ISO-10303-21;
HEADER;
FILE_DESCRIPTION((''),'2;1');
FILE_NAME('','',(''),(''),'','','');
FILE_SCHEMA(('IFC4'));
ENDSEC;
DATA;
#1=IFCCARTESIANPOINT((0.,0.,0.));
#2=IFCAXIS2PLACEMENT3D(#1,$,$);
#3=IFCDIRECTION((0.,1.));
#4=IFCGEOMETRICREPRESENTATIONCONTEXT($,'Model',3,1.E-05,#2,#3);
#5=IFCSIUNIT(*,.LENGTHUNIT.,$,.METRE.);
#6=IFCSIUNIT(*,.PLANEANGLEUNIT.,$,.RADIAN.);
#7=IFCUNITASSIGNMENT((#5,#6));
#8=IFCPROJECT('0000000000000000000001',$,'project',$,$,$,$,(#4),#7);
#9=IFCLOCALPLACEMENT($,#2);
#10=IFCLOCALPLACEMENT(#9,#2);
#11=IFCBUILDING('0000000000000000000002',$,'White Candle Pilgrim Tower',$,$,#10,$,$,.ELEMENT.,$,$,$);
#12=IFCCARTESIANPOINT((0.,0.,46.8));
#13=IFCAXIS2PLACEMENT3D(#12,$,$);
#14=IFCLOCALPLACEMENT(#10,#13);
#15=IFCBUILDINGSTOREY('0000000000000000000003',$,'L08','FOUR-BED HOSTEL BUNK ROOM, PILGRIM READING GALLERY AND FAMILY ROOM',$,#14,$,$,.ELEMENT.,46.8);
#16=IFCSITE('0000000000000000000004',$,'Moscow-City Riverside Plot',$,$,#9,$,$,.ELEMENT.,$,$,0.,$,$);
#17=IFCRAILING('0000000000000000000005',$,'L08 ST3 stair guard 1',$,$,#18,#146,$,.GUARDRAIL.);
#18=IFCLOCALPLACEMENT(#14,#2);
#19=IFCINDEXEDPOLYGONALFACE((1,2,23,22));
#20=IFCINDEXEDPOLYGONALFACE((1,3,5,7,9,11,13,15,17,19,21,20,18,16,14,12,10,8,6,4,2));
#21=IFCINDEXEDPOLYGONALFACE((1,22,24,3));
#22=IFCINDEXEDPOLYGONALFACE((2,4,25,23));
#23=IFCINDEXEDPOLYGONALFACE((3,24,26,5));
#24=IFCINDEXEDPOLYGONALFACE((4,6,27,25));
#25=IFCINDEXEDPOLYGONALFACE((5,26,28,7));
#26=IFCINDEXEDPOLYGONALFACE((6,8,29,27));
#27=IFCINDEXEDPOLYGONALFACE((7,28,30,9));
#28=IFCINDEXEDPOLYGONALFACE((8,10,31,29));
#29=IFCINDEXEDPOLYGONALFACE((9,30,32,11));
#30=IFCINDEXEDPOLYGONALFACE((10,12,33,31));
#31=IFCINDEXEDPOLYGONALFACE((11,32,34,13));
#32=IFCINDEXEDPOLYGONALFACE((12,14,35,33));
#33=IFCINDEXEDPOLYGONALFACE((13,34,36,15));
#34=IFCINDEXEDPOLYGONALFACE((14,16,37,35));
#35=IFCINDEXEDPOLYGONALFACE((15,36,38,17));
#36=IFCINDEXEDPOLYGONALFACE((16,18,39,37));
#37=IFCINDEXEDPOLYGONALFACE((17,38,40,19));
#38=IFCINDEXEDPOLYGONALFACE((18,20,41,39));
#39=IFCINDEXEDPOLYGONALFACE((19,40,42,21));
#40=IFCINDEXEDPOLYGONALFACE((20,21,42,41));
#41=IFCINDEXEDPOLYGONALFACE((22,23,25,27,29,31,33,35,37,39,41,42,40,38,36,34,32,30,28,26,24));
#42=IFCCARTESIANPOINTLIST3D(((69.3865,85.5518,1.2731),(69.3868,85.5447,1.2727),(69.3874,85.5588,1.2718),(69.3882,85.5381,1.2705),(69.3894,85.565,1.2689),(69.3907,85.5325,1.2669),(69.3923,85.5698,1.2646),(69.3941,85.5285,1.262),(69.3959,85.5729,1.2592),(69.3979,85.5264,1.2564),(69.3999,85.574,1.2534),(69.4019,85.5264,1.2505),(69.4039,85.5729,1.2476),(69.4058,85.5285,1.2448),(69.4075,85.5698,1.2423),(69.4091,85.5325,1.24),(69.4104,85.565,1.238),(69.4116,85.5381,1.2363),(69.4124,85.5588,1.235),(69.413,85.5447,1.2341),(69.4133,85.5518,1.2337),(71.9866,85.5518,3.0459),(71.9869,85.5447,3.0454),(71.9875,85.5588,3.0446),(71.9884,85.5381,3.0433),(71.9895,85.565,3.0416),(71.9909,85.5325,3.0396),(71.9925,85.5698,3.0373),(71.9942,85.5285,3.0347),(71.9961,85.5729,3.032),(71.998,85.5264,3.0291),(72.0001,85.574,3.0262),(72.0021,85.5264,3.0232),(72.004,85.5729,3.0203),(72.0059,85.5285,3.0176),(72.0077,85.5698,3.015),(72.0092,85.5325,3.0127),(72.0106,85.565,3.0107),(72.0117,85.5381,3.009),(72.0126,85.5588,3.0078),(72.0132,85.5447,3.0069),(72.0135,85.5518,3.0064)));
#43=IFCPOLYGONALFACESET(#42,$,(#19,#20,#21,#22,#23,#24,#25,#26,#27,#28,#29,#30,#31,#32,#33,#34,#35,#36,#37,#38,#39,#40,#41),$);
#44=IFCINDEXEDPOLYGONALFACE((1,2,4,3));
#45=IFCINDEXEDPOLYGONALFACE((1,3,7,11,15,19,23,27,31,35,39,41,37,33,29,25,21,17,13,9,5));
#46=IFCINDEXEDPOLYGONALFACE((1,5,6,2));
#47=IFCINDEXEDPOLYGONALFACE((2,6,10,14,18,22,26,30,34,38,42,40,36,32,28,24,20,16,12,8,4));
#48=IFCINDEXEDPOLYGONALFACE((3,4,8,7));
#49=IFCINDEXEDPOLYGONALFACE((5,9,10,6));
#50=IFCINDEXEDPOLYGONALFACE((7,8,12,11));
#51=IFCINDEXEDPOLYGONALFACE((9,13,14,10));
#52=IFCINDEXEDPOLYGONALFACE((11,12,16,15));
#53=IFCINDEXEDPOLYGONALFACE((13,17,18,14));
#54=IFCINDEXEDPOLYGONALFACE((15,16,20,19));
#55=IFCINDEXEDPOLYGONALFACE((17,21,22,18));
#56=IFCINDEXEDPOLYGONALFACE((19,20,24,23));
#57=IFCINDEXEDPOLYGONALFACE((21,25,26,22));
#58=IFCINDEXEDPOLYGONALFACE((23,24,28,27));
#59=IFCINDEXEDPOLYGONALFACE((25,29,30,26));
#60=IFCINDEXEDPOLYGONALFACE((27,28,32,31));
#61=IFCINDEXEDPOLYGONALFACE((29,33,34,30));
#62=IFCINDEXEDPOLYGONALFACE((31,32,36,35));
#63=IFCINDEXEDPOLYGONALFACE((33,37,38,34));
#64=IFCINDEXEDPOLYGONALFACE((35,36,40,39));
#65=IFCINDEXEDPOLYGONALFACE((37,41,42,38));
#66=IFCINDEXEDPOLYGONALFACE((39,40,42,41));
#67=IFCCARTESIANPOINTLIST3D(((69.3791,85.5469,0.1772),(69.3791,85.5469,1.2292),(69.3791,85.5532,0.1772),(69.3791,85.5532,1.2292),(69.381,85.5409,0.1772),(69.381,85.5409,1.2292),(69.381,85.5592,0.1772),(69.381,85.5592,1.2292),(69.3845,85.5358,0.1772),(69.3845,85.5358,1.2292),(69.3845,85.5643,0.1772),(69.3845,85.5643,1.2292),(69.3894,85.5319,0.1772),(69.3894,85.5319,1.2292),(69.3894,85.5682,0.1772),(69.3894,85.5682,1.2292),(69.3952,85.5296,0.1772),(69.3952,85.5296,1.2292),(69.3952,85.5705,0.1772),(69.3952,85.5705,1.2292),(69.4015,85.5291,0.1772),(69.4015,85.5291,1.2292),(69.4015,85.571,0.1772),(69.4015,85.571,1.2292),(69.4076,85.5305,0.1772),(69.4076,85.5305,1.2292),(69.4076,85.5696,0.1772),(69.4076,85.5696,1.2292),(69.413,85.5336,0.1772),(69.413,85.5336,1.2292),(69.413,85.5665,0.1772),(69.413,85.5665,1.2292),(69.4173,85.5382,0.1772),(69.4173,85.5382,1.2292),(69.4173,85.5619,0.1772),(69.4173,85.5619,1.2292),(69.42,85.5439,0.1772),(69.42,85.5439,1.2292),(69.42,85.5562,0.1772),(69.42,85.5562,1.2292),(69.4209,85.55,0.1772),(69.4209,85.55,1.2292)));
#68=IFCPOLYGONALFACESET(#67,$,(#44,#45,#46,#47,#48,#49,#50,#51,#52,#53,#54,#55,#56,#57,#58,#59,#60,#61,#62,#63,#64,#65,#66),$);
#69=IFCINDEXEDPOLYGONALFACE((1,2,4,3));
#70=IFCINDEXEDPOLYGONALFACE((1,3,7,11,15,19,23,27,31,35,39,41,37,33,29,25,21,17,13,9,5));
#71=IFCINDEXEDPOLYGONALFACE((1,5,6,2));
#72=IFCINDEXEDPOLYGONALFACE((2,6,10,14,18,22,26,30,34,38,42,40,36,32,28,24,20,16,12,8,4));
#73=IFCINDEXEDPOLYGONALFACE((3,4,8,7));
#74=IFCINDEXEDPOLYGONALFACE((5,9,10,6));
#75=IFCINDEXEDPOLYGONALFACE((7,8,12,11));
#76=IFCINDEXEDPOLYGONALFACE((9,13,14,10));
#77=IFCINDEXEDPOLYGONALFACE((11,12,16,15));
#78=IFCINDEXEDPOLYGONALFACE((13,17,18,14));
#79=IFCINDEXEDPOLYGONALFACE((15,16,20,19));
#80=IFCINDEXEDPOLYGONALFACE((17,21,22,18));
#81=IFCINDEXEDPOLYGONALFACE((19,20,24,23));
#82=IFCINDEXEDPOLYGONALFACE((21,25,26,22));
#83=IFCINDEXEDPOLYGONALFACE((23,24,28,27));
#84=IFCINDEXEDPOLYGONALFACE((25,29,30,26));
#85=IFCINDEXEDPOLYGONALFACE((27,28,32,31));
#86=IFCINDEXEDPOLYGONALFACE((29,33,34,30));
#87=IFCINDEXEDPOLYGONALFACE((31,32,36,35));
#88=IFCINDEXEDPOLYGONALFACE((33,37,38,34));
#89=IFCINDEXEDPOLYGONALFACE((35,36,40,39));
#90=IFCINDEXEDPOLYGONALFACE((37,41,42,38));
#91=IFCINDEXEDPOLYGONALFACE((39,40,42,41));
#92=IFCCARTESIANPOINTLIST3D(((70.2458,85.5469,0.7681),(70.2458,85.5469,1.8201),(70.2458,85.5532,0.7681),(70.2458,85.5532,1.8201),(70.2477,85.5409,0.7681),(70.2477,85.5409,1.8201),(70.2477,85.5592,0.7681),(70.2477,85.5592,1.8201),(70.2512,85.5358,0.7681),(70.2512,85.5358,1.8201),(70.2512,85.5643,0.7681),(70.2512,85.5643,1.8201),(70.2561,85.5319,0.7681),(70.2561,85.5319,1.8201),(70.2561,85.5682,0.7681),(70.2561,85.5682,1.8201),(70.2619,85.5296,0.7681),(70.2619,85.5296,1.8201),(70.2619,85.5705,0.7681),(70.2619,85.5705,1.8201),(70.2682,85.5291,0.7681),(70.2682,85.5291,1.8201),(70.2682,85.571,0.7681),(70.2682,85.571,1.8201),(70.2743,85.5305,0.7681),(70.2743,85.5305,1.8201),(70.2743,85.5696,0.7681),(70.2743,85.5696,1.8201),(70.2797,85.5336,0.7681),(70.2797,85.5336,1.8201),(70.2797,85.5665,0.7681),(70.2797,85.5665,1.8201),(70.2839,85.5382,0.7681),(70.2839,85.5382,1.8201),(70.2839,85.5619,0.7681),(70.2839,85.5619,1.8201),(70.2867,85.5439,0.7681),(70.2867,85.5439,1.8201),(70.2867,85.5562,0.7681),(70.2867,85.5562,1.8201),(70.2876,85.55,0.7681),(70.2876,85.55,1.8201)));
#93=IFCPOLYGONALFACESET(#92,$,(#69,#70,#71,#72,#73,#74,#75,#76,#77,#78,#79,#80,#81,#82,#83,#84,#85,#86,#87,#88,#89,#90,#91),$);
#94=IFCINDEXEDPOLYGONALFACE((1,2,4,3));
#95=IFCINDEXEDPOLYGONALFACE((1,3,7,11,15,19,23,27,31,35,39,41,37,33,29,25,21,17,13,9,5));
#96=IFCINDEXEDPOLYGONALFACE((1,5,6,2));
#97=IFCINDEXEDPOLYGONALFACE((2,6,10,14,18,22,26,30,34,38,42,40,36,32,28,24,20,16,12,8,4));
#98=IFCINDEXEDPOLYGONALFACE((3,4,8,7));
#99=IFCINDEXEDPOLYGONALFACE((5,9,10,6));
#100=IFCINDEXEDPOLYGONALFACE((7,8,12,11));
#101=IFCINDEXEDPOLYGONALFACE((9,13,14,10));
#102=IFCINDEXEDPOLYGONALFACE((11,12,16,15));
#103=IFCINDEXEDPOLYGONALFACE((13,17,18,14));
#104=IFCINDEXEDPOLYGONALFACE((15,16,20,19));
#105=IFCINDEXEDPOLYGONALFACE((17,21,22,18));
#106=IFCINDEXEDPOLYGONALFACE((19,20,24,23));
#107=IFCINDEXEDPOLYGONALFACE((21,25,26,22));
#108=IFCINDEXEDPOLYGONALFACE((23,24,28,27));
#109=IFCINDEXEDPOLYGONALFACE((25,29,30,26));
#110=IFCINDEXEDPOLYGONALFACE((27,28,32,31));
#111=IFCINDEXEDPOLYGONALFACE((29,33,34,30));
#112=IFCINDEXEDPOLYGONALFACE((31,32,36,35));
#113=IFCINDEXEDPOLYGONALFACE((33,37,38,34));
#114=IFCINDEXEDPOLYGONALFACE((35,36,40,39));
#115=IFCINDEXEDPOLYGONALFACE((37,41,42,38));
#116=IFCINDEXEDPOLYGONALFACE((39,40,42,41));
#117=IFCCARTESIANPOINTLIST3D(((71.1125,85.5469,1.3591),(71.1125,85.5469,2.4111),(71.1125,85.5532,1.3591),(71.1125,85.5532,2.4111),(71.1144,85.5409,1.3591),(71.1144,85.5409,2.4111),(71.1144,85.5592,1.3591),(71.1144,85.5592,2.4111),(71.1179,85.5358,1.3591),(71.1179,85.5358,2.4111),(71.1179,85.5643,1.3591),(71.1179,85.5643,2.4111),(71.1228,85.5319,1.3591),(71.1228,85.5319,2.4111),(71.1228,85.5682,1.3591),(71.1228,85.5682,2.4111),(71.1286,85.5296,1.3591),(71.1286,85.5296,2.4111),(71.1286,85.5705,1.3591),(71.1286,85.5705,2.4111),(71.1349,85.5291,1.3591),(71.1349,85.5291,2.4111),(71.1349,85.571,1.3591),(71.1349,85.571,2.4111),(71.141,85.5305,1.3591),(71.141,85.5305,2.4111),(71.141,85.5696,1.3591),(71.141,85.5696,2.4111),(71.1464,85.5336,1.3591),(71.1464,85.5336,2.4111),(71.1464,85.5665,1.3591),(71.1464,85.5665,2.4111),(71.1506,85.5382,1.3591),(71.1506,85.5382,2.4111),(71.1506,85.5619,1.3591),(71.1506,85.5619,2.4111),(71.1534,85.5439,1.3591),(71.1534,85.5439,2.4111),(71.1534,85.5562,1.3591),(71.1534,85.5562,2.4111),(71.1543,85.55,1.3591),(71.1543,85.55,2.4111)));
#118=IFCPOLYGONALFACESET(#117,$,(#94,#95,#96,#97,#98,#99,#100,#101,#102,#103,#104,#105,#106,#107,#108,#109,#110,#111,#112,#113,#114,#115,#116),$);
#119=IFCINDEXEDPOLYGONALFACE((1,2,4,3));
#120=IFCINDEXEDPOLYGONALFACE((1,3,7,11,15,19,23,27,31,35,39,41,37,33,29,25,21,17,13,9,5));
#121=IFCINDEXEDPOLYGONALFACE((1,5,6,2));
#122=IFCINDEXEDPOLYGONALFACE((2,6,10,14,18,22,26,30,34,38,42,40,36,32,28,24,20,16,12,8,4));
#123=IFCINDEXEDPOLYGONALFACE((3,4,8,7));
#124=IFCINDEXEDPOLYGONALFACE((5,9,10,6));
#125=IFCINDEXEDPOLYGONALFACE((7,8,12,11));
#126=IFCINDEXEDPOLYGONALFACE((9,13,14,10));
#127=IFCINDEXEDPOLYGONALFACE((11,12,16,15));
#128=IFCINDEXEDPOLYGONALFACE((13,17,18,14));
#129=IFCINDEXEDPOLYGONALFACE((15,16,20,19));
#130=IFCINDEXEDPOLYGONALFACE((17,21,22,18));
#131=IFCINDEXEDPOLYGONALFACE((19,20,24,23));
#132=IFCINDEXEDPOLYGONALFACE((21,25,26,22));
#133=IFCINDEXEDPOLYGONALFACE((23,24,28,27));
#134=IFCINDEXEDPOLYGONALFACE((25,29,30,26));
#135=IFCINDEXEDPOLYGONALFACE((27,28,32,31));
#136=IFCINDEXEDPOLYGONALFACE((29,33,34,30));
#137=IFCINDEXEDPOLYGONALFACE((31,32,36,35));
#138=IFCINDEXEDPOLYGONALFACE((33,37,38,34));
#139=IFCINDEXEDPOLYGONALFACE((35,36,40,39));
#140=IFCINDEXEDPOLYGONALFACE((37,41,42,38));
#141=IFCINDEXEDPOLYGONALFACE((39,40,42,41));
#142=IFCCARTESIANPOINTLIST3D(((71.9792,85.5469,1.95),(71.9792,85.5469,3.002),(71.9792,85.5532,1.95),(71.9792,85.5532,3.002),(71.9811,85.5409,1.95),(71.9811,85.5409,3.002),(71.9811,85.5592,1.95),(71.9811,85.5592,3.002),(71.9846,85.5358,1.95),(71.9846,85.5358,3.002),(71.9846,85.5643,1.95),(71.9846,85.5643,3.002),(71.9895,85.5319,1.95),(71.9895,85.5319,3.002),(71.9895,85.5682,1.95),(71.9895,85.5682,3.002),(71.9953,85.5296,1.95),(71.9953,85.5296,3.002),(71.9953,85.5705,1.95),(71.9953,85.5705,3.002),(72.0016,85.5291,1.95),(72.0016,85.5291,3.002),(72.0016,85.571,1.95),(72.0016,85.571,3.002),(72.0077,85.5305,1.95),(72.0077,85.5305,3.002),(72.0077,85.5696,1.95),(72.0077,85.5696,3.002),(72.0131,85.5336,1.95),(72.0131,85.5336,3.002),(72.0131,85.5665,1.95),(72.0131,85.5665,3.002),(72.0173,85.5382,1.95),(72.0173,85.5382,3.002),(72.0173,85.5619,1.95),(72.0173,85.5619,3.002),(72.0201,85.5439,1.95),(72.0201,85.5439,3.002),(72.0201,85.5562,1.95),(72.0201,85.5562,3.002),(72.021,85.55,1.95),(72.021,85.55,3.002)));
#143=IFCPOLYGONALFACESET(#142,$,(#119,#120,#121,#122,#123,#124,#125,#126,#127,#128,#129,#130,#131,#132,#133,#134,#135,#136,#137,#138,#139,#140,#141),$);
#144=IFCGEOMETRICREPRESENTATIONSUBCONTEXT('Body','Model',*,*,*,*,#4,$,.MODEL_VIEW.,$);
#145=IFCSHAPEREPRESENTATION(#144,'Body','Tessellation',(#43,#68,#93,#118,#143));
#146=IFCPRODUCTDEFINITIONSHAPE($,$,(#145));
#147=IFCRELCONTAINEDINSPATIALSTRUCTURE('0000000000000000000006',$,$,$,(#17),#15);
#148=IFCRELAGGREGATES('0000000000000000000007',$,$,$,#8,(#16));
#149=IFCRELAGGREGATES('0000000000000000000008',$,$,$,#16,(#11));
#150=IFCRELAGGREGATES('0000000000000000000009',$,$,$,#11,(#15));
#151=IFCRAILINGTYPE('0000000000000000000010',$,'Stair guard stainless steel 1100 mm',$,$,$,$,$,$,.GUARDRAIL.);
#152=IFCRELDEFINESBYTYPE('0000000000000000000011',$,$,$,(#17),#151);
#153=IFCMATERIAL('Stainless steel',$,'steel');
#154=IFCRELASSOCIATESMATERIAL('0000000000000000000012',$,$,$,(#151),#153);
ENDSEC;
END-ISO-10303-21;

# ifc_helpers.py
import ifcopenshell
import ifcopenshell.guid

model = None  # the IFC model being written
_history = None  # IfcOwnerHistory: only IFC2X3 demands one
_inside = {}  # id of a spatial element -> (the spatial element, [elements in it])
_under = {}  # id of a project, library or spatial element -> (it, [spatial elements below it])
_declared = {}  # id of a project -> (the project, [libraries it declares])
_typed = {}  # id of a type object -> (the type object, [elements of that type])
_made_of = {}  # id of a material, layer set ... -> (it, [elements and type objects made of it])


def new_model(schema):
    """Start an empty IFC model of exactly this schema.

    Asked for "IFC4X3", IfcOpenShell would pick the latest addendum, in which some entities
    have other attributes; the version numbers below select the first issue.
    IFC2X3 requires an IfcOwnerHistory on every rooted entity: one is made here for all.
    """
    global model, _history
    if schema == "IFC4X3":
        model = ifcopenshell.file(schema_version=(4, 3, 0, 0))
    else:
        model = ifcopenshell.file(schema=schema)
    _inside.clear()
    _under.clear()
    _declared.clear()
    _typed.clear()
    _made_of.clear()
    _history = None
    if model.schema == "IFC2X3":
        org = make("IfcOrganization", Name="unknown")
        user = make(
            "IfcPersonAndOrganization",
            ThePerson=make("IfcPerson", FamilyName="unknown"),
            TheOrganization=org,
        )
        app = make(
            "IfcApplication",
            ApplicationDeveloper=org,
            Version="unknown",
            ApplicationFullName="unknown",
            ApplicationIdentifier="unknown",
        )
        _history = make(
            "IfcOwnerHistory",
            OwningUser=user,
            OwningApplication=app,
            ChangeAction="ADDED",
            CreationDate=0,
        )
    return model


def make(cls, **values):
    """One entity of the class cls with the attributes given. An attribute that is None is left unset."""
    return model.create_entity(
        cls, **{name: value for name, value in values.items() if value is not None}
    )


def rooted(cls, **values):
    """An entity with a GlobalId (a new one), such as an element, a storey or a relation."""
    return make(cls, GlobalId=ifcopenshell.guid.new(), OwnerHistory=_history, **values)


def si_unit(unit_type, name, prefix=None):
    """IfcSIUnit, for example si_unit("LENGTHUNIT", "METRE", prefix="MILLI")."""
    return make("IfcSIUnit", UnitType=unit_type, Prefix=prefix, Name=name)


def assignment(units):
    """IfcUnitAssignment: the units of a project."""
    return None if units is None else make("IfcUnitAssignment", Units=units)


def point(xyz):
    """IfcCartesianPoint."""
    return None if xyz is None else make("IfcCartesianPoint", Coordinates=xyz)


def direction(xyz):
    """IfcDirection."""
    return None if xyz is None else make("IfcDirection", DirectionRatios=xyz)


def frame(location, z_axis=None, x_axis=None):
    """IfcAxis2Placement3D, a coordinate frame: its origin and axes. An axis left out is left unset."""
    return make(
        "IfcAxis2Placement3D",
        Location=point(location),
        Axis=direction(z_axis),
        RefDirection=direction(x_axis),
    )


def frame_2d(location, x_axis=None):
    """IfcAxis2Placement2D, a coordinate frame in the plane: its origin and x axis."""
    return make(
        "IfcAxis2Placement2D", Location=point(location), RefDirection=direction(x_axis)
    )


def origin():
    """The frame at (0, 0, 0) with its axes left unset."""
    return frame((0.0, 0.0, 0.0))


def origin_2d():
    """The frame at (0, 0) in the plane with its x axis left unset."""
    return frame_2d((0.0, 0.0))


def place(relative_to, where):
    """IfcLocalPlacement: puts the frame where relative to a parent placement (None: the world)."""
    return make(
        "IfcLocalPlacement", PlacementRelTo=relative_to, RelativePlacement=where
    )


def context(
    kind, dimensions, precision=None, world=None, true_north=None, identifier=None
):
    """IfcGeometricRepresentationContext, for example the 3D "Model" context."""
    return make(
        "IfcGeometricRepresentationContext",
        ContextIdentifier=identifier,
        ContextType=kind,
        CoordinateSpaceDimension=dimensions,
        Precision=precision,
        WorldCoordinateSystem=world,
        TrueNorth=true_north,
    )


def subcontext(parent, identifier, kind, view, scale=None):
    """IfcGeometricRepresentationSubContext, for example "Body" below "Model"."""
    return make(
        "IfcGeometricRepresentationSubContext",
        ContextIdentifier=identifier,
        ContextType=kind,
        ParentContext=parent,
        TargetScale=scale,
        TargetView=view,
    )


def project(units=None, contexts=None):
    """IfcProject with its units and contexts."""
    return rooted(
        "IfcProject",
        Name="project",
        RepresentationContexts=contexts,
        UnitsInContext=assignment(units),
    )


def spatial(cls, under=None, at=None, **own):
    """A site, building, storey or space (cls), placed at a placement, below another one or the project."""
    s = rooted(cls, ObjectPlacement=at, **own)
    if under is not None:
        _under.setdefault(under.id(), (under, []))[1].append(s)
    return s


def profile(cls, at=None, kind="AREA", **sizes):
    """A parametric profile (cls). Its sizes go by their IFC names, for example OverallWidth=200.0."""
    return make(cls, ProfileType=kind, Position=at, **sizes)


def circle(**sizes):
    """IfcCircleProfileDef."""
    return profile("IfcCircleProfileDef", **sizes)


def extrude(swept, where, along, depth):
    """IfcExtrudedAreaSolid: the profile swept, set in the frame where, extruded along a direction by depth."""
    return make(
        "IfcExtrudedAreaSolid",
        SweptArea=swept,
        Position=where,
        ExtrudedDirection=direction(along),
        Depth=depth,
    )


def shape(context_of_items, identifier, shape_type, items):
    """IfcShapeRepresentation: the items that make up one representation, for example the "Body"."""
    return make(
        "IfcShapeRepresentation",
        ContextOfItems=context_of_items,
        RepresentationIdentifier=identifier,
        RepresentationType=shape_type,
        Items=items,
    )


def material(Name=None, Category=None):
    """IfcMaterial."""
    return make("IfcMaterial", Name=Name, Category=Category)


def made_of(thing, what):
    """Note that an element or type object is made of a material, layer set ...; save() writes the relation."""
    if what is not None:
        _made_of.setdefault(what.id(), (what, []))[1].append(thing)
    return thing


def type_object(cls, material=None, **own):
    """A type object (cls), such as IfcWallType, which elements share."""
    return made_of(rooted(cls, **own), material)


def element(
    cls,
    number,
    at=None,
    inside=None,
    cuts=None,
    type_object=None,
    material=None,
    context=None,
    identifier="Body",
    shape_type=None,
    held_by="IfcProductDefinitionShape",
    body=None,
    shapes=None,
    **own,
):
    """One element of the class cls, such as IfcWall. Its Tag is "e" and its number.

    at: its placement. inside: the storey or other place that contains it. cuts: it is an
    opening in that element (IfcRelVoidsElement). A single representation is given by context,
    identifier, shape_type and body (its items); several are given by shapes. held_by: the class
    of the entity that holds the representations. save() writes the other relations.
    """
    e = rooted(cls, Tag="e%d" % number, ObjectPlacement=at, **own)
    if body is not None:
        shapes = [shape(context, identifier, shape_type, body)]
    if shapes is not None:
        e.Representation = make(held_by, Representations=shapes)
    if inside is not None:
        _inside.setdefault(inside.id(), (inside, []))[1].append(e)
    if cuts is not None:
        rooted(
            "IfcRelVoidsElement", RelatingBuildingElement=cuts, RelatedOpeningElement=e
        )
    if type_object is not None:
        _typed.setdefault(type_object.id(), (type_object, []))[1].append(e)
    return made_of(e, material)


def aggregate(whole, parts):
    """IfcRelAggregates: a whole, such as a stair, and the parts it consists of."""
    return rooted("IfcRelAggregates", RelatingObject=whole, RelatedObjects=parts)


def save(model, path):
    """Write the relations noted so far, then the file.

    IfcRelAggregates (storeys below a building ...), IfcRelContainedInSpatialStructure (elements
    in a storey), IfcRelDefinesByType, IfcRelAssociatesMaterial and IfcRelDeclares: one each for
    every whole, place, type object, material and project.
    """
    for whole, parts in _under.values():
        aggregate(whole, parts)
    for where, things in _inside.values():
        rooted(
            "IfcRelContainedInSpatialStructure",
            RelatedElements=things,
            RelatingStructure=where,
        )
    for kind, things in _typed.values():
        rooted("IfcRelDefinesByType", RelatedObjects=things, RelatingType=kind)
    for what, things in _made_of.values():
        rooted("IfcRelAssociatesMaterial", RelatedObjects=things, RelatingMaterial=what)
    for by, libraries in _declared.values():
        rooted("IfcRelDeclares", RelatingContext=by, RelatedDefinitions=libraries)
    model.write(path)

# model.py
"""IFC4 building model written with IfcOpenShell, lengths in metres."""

from ifc_helpers import new_model, si_unit, direction, frame, origin, origin_2d, place, context, subcontext, project, spatial, circle, extrude, material, type_object, element, save


model = new_model("IFC4")

# Units and contexts
model_context = context("Model", 3, precision=1e-05, world=origin(), true_north=direction((0.0, 1.0)))
body_context = subcontext(model_context, "Body", "Model", "MODEL_VIEW")
ifc_project = project(units=[si_unit("LENGTHUNIT", "METRE"), si_unit("PLANEANGLEUNIT", "RADIAN")], contexts=[model_context])

# Site, building, storey
site_placement = place(None, origin())
site = spatial("IfcSite", under=ifc_project, at=site_placement, Name="Moscow-City Riverside Plot", CompositionType="ELEMENT", RefElevation=0.0)
building_placement = place(site_placement, origin())
building = spatial("IfcBuilding", under=site, at=building_placement, Name="White Candle Pilgrim Tower", CompositionType="ELEMENT")
storey_placement = place(building_placement, frame((0.0, 0.0, 46.8)))
storey = spatial("IfcBuildingStorey", under=building, at=storey_placement, Name="L08", Description="FOUR-BED HOSTEL BUNK ROOM, PILGRIM READING GALLERY AND FAMILY ROOM", CompositionType="ELEMENT", Elevation=46.8)

# Railing
ifc_material_1 = material(Name="Stainless steel", Category="steel")
railing_type_1 = type_object("IfcRailingType", Name="Stair guard stainless steel 1100 mm", PredefinedType="GUARDRAIL", material=ifc_material_1)
railing_1_placement = place(storey_placement, frame((69.3999, 85.55, 0.1772)))
element("IfcRailing", 1, at=railing_1_placement, inside=storey, type_object=railing_type_1, Name="L08 ST3 stair guard 1", PredefinedType="GUARDRAIL", context=body_context, shape_type="SweptSolid", body=[
    extrude(circle(Radius=0.0239, at=origin_2d()), frame((0.0, 0.0, 1.0762), z_axis=(0.82624, 0.0, 0.563318), x_axis=(0.0, 1.0, 0.0)), (0.0, 0.0, 1.0), 3.147),
    extrude(circle(Radius=0.021, at=origin_2d()), origin(), (0.0, 0.0, 1.0), 1.052),
    extrude(circle(Radius=0.021, at=origin_2d()), frame((0.8667, 0.0, 0.5908)), (0.0, 0.0, 1.0), 1.052),
    extrude(circle(Radius=0.021, at=origin_2d()), frame((1.7334, 0.0, 1.1819)), (0.0, 0.0, 1.0), 1.052),
    extrude(circle(Radius=0.021, at=origin_2d()), frame((2.6001, 0.0, 1.7727)), (0.0, 0.0, 1.0), 1.052),
])

save(model, "model.ifc")
